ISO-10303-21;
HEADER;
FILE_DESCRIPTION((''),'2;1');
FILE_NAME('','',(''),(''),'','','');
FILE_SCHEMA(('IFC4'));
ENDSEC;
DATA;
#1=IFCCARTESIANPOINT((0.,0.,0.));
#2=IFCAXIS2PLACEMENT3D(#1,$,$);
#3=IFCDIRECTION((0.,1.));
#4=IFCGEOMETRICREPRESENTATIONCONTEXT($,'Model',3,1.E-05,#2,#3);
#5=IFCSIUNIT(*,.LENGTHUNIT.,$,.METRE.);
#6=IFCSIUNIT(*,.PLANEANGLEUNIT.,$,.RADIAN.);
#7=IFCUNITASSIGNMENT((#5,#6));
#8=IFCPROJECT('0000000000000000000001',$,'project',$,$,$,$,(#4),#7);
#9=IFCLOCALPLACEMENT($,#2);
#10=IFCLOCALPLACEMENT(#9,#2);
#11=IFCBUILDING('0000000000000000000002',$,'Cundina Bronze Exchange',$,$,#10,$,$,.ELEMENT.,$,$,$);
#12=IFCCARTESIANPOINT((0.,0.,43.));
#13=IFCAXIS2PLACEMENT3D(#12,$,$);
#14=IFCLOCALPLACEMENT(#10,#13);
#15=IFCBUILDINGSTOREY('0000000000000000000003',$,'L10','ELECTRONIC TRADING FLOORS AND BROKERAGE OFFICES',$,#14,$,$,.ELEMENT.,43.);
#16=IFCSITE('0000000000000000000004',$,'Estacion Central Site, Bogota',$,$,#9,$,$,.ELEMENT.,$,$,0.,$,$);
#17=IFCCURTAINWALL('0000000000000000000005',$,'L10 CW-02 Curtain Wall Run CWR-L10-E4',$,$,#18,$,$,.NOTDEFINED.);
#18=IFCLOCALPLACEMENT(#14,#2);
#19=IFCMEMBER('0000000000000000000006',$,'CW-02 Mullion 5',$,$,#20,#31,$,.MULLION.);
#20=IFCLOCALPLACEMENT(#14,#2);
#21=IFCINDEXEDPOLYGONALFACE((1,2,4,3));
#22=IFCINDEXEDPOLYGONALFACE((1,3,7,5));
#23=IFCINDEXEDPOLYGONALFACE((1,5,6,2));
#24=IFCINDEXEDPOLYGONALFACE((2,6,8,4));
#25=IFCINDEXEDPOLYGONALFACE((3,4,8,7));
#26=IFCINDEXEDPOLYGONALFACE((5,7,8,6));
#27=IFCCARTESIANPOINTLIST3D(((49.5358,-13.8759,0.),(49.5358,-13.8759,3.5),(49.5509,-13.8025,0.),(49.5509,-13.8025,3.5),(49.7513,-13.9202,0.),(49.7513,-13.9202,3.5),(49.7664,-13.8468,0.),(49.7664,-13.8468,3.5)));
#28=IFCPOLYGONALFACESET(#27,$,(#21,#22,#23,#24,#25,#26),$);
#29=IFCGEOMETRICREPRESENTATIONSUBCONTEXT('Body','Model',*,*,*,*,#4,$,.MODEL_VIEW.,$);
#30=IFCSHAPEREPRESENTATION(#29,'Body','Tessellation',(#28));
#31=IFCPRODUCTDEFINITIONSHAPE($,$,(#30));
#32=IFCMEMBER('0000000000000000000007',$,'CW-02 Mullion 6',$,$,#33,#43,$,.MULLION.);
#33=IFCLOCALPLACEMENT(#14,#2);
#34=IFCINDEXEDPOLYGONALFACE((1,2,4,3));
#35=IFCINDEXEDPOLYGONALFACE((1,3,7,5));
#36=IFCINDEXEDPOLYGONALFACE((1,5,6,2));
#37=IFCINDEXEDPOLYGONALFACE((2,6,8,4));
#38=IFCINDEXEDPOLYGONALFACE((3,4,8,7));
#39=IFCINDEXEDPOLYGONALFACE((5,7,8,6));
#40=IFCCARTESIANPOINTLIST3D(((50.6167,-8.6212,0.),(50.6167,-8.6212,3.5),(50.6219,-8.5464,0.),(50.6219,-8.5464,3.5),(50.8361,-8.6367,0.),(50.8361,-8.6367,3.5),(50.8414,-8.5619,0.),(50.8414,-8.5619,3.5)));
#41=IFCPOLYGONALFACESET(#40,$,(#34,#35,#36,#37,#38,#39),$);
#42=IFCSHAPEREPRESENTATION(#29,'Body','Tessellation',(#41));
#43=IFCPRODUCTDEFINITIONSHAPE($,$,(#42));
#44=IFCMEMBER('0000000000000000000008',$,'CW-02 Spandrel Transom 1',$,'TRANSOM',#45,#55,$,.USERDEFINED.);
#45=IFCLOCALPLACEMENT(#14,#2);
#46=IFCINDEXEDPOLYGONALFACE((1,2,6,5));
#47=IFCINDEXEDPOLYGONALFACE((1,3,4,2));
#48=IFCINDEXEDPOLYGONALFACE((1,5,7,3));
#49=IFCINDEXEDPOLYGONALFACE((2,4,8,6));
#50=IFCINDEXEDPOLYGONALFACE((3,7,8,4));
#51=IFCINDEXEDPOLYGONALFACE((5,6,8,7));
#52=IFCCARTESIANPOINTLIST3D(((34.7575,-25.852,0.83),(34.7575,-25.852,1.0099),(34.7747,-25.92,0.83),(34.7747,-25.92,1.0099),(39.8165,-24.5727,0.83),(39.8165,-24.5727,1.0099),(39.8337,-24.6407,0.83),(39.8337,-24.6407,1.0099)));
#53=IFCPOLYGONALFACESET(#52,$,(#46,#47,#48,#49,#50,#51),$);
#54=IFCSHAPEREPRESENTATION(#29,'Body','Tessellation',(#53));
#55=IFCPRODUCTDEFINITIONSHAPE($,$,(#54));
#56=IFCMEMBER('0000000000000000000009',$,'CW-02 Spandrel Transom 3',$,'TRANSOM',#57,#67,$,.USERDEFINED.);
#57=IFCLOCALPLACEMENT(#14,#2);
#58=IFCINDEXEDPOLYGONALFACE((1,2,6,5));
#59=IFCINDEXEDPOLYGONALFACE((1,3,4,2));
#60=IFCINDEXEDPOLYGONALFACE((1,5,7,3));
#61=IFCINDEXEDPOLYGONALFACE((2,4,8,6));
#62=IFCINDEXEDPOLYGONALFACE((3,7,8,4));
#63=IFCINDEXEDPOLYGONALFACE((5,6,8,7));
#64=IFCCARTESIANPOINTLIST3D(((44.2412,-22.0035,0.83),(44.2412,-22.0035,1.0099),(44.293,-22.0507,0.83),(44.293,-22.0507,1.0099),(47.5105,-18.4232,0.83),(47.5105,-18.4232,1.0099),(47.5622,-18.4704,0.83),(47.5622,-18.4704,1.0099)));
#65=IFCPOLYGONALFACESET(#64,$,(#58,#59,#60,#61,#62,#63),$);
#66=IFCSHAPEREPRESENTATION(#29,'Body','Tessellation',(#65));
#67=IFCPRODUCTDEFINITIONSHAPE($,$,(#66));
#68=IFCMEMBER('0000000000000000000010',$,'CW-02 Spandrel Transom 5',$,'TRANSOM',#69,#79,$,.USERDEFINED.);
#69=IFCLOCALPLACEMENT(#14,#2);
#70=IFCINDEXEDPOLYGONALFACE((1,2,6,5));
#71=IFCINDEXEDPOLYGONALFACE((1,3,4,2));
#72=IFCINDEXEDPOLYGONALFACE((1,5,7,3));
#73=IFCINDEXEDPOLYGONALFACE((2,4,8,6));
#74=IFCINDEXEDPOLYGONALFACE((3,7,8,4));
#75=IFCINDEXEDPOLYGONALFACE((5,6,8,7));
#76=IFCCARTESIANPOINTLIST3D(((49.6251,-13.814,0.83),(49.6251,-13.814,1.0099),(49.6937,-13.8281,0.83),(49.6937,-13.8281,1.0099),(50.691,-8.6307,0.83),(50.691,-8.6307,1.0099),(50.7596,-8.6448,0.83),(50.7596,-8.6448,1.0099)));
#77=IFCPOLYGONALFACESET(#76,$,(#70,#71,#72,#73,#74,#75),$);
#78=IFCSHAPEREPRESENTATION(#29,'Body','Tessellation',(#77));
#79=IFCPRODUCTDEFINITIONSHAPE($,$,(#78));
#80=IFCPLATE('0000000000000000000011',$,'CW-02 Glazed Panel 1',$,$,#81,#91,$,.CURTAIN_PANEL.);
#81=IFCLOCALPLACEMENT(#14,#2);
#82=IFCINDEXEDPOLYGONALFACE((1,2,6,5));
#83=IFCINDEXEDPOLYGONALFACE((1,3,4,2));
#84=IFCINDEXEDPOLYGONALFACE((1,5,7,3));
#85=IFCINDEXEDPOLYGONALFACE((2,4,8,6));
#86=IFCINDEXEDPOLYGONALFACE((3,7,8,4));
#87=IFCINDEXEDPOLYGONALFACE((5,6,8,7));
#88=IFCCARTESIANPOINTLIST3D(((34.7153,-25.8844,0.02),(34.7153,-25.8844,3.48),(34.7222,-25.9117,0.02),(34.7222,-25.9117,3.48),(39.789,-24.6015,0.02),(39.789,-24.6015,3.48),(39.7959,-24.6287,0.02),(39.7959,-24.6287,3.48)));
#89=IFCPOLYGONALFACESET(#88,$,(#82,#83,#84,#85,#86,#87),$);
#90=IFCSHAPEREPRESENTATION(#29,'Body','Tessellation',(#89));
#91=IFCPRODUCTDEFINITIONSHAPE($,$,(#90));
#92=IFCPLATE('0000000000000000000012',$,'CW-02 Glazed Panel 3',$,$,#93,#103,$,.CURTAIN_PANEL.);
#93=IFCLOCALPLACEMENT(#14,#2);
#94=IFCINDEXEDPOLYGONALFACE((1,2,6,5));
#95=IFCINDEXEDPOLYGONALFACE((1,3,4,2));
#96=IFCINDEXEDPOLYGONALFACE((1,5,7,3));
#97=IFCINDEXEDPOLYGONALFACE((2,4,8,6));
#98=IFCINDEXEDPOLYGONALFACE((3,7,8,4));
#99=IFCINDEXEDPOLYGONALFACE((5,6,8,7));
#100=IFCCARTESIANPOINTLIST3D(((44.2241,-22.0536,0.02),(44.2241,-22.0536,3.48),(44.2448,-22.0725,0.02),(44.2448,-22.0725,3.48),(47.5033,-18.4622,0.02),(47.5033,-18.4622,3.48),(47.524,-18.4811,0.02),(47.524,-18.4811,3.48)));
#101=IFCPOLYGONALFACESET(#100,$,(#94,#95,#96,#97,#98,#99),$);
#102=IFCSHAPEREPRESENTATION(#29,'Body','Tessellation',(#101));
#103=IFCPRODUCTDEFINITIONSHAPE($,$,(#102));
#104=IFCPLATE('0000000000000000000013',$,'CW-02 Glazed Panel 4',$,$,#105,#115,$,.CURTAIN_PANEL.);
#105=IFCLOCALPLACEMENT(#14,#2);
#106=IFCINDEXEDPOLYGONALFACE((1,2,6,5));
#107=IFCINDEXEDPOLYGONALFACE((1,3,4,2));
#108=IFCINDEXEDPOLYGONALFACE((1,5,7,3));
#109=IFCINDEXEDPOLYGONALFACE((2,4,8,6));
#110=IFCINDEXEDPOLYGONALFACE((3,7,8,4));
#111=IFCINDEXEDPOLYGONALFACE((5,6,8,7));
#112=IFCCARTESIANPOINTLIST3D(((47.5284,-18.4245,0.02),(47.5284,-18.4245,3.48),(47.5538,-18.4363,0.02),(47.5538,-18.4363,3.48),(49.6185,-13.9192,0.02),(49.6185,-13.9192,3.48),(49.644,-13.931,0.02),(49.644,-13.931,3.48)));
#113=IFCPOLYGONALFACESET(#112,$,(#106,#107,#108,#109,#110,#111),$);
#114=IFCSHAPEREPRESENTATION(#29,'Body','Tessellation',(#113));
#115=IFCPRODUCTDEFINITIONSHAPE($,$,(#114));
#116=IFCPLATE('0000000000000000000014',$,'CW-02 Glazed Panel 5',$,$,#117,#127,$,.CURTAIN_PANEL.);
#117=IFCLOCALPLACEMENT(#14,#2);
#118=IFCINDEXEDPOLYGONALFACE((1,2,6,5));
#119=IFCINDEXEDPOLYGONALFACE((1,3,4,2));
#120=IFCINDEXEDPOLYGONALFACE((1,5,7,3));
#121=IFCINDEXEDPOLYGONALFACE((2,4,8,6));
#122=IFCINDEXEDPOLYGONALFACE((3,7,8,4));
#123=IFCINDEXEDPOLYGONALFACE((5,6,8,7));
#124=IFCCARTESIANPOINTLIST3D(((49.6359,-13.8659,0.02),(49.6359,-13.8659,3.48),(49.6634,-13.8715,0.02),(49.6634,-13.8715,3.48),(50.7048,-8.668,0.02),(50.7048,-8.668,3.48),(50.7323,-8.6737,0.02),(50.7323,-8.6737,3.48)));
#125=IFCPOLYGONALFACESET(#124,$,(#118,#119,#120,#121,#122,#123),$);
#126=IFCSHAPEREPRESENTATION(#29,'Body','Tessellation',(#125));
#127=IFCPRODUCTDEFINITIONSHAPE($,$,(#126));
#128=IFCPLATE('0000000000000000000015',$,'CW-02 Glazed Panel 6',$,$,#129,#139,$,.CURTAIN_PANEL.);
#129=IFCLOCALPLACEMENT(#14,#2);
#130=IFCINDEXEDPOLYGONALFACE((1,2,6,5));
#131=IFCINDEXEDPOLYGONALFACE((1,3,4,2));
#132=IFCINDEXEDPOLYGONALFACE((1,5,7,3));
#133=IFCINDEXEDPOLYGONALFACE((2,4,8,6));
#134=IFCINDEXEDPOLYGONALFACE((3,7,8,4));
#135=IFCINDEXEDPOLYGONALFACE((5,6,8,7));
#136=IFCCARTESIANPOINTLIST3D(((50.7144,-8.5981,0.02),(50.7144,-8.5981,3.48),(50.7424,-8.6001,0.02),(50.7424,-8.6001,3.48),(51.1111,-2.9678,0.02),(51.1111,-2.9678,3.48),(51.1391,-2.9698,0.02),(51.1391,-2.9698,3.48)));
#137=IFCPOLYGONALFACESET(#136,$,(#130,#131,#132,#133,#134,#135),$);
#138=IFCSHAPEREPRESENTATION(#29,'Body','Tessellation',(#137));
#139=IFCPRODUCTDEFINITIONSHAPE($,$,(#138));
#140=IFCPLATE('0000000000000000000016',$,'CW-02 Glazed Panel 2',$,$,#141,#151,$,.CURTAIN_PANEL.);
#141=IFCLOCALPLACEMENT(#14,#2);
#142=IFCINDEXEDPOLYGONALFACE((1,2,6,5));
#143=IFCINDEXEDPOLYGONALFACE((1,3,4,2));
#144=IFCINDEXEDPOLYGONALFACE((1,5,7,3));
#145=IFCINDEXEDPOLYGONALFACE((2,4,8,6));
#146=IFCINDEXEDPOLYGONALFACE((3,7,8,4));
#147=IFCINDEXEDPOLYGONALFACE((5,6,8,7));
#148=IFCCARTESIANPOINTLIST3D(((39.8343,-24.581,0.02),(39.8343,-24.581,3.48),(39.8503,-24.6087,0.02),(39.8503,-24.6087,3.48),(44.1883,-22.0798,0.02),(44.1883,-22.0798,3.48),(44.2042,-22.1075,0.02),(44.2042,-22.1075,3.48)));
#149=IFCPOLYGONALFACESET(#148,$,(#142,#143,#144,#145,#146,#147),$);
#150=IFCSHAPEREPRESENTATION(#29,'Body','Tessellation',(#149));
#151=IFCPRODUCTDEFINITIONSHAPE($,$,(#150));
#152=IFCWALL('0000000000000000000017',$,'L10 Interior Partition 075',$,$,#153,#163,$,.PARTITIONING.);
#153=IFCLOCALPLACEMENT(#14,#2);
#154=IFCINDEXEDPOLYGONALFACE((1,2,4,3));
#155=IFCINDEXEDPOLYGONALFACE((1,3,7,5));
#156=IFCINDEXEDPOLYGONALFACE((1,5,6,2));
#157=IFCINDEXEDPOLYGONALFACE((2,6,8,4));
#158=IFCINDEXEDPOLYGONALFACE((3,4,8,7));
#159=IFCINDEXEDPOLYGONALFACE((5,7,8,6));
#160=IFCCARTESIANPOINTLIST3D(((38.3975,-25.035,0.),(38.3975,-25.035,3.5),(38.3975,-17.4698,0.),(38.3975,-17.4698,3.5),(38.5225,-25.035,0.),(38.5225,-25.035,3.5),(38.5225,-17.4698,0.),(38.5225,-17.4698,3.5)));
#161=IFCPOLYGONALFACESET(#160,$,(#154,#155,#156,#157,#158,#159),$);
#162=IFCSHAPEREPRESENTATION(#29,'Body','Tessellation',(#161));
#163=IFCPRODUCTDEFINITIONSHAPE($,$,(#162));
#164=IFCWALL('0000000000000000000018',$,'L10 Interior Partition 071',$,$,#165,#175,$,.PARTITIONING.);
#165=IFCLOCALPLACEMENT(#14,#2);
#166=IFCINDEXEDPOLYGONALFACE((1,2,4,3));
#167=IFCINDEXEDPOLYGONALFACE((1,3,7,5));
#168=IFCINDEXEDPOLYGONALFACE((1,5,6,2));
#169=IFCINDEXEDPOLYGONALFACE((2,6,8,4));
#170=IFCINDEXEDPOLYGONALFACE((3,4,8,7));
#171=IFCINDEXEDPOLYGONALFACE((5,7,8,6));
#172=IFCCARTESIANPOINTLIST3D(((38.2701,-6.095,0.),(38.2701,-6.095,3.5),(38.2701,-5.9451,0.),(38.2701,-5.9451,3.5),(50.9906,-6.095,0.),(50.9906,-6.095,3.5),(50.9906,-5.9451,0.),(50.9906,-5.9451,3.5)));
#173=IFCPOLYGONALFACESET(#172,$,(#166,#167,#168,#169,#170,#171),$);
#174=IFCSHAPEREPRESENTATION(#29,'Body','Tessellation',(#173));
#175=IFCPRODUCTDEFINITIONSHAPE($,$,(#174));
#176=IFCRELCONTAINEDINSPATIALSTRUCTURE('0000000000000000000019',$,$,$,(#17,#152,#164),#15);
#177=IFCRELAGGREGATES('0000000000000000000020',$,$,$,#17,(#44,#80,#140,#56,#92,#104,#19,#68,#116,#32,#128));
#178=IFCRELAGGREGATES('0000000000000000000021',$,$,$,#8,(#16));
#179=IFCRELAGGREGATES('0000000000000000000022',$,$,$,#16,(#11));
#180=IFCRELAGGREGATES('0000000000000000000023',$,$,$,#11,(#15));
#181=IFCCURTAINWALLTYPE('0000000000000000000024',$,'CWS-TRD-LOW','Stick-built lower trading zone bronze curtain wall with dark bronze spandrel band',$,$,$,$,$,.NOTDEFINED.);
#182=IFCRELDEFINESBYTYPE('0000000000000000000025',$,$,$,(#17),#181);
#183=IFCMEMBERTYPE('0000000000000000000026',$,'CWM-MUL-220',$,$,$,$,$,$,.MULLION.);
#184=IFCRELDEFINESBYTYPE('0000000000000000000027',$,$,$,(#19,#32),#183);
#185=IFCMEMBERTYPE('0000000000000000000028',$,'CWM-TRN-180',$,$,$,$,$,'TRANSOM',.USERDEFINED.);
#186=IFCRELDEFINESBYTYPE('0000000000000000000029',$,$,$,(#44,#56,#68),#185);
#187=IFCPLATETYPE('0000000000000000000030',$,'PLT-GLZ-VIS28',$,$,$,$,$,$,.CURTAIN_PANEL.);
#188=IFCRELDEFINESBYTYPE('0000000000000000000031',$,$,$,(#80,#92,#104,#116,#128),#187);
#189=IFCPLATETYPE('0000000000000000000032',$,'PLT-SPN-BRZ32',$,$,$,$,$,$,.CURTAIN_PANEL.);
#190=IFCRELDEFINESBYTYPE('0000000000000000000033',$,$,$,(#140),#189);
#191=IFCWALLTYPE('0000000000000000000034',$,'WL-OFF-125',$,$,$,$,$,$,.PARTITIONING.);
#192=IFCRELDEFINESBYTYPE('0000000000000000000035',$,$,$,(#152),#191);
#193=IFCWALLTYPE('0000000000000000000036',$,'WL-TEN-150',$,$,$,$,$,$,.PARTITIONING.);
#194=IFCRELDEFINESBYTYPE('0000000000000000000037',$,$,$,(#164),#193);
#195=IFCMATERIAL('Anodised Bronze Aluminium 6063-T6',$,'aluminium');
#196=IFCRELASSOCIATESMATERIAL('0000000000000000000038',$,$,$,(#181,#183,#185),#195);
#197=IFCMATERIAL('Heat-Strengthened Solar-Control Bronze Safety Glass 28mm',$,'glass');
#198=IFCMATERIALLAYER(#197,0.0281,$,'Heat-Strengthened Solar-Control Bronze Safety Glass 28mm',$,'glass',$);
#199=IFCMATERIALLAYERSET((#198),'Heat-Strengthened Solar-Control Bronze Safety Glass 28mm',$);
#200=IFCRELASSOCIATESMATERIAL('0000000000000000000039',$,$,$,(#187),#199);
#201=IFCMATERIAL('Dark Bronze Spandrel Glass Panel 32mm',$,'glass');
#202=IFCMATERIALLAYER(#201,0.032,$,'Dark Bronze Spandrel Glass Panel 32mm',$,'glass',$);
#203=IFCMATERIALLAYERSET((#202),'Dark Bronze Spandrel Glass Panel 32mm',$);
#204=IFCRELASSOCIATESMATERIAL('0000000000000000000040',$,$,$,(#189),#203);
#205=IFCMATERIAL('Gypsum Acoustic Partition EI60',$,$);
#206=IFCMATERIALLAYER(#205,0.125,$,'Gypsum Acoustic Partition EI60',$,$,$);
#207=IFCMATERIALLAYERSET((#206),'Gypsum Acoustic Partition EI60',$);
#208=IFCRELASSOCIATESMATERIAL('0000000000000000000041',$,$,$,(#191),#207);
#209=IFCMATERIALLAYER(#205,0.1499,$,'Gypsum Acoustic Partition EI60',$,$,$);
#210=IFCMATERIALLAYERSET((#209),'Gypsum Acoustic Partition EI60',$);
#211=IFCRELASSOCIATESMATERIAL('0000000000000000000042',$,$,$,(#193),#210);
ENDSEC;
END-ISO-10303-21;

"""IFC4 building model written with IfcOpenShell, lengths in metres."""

from ifc_helpers import new_model, si_unit, direction, frame, frame_2d, origin, origin_2d, place, context, subcontext, project, spatial, rectangle, extrude, material, layer, layer_set, material_profile, profile_set, type_object, element, aggregate, save


model = new_model("IFC4")

# Units and contexts
model_context = context("Model", 3, precision=1e-05, world=origin(), true_north=direction((0.0, 1.0)))
body_context = subcontext(model_context, "Body", "Model", "MODEL_VIEW")
ifc_project = project(units=[si_unit("LENGTHUNIT", "METRE"), si_unit("PLANEANGLEUNIT", "RADIAN")], contexts=[model_context])

# Site, building, storey
site_placement = place(None, origin())
site = spatial("IfcSite", under=ifc_project, at=site_placement, Name="Estacion Central Site, Bogota", CompositionType="ELEMENT", RefElevation=0.0)
building_placement = place(site_placement, origin())
building = spatial("IfcBuilding", under=site, at=building_placement, Name="Cundina Bronze Exchange", CompositionType="ELEMENT")
storey_placement = place(building_placement, frame((0.0, 0.0, 43.0)))
storey = spatial("IfcBuildingStorey", under=building, at=storey_placement, Name="L10", Description="ELECTRONIC TRADING FLOORS AND BROKERAGE OFFICES", CompositionType="ELEMENT", Elevation=43.0)

# Curtain wall, members, plates
ifc_material_1 = material(Name="Anodised Bronze Aluminium 6063-T6", Category="aluminium")
curtain_wall_type = type_object("IfcCurtainWallType", Name="CWS-TRD-LOW", Description="Stick-built lower trading zone bronze curtain wall with dark bronze spandrel band", PredefinedType="NOTDEFINED", material=ifc_material_1)
curtain_wall_placement = place(storey_placement, origin())
curtain_wall = element("IfcCurtainWall", 1, at=curtain_wall_placement, inside=storey, type_object=curtain_wall_type, Name="L10 CW-02 Curtain Wall Run CWR-L10-E4", PredefinedType="NOTDEFINED")
ifc_material_profile_1 = material_profile(ifc_material_1, rectangle(XDim=0.075, YDim=0.22, at=origin_2d()), Name="AL75X220", Category="aluminium")
ifc_profile_set_1 = profile_set([ifc_material_profile_1], Name="Anodised Bronze Aluminium 6063-T6")
member_type_1 = type_object("IfcMemberType", Name="CWM-MUL-220", PredefinedType="MULLION", material=ifc_profile_set_1)
member_1_placement = place(storey_placement, frame((49.6511, -13.8613, 0.0), z_axis=(0.0, 0.0, 1.0), x_axis=(0.20142, 0.979505, 0.0)))
member_1 = element("IfcMember", 2, at=member_1_placement, type_object=member_type_1, Name="CW-02 Mullion 5", PredefinedType="MULLION", context=body_context, shape_type="SweptSolid", body=[
    extrude(rectangle(XDim=0.075, YDim=0.22, at=origin_2d()), origin(), (0.0, 0.0, 1.0), 3.5),
])
member_2_placement = place(storey_placement, frame((50.729, -8.5916, 0.0), z_axis=(0.0, 0.0, 1.0), x_axis=(0.070279, 0.997527, 0.0)))
member_2 = element("IfcMember", 3, at=member_2_placement, type_object=member_type_1, Name="CW-02 Mullion 6", PredefinedType="MULLION", context=body_context, shape_type="SweptSolid", body=[
    extrude(rectangle(XDim=0.075, YDim=0.22, at=origin_2d()), origin(), (0.0, 0.0, 1.0), 3.5),
])
ifc_material_profile_2 = material_profile(ifc_material_1, rectangle(XDim=0.0701, YDim=0.1799, at=origin_2d()), Name="AL70X180", Category="aluminium")
ifc_profile_set_2 = profile_set([ifc_material_profile_2], Name="Anodised Bronze Aluminium 6063-T6")
member_type_2 = type_object("IfcMemberType", Name="CWM-TRN-180", ElementType="TRANSOM", PredefinedType="USERDEFINED", material=ifc_profile_set_2)
member_3_placement = place(storey_placement, frame((34.7661, -25.886, 0.9199), z_axis=(0.969484, 0.245155, 0.0), x_axis=(-0.245155, 0.969484, 0.0)))
member_3 = element("IfcMember", 4, at=member_3_placement, type_object=member_type_2, Name="CW-02 Spandrel Transom 1", ObjectType="TRANSOM", PredefinedType="USERDEFINED", context=body_context, shape_type="SweptSolid", body=[
    extrude(rectangle(XDim=0.0701, YDim=0.1799, at=origin_2d()), origin(), (0.0, 0.0, 1.0), 5.2183),
])
member_4_placement = place(storey_placement, frame((44.2671, -22.0271, 0.9199), z_axis=(0.674303, 0.738455, 0.0), x_axis=(-0.738455, 0.674303, 0.0)))
member_4 = element("IfcMember", 5, at=member_4_placement, type_object=member_type_2, Name="CW-02 Spandrel Transom 3", ObjectType="TRANSOM", PredefinedType="USERDEFINED", context=body_context, shape_type="SweptSolid", body=[
    extrude(rectangle(XDim=0.0701, YDim=0.1799, at=origin_2d()), origin(), (0.0, 0.0, 1.0), 4.8484),
])
member_5_placement = place(storey_placement, frame((49.6594, -13.821, 0.9199), z_axis=(0.201428, 0.979503, 0.0), x_axis=(-0.979503, 0.201428, 0.0)))
member_5 = element("IfcMember", 6, at=member_5_placement, type_object=member_type_2, Name="CW-02 Spandrel Transom 5", ObjectType="TRANSOM", PredefinedType="USERDEFINED", context=body_context, shape_type="SweptSolid", body=[
    extrude(rectangle(XDim=0.0701, YDim=0.1799, at=origin_2d()), origin(), (0.0, 0.0, 1.0), 5.2917),
])
ifc_material_2 = material(Name="Heat-Strengthened Solar-Control Bronze Safety Glass 28mm", Category="glass")
ifc_layer_1 = layer(ifc_material_2, 0.0281, Name="Heat-Strengthened Solar-Control Bronze Safety Glass 28mm", Category="glass")
ifc_layer_set_1 = layer_set([ifc_layer_1], Name="Heat-Strengthened Solar-Control Bronze Safety Glass 28mm")
plate_type_1 = type_object("IfcPlateType", Name="PLT-GLZ-VIS28", PredefinedType="CURTAIN_PANEL", material=ifc_layer_set_1)
plate_1_placement = place(storey_placement, frame((37.2556, -25.2566, 0.02), z_axis=(0.0, 0.0, 1.0), x_axis=(0.969488, 0.245138, 0.0)))
plate_1 = element("IfcPlate", 7, at=plate_1_placement, type_object=plate_type_1, Name="CW-02 Glazed Panel 1", PredefinedType="CURTAIN_PANEL", context=body_context, shape_type="SweptSolid", body=[
    extrude(rectangle(XDim=5.2334, YDim=0.0281, at=origin_2d()), origin(), (0.0, 0.0, 1.0), 3.46),
])
plate_2_placement = place(storey_placement, frame((45.874, -20.2673, 0.02), z_axis=(0.0, 0.0, 1.0), x_axis=(0.674277, 0.738479, 0.0)))
plate_2 = element("IfcPlate", 8, at=plate_2_placement, type_object=plate_type_1, Name="CW-02 Glazed Panel 3", PredefinedType="CURTAIN_PANEL", context=body_context, shape_type="SweptSolid", body=[
    extrude(rectangle(XDim=4.8633, YDim=0.0281, at=origin_2d()), origin(), (0.0, 0.0, 1.0), 3.46),
])
plate_3_placement = place(storey_placement, frame((48.5862, -16.1777, 0.02), z_axis=(0.0, 0.0, 1.0), x_axis=(0.420846, 0.907132, 0.0)))
plate_3 = element("IfcPlate", 9, at=plate_3_placement, type_object=plate_type_1, Name="CW-02 Glazed Panel 4", PredefinedType="CURTAIN_PANEL", context=body_context, shape_type="SweptSolid", body=[
    extrude(rectangle(XDim=4.9666, YDim=0.0281, at=origin_2d()), origin(), (0.0, 0.0, 1.0), 3.46),
])
plate_4_placement = place(storey_placement, frame((50.1841, -11.2698, 0.02), z_axis=(0.0, 0.0, 1.0), x_axis=(0.20142, 0.979505, 0.0)))
plate_4 = element("IfcPlate", 10, at=plate_4_placement, type_object=plate_type_1, Name="CW-02 Glazed Panel 5", PredefinedType="CURTAIN_PANEL", context=body_context, shape_type="SweptSolid", body=[
    extrude(rectangle(XDim=5.3066, YDim=0.0281, at=origin_2d()), origin(), (0.0, 0.0, 1.0), 3.46),
])
plate_5_placement = place(storey_placement, frame((50.9268, -5.7839, 0.02), z_axis=(0.0, 0.0, 1.0), x_axis=(0.070279, 0.997527, 0.0)))
plate_5 = element("IfcPlate", 11, at=plate_5_placement, type_object=plate_type_1, Name="CW-02 Glazed Panel 6", PredefinedType="CURTAIN_PANEL", context=body_context, shape_type="SweptSolid", body=[
    extrude(rectangle(XDim=5.6443, YDim=0.0281, at=origin_2d()), origin(), (0.0, 0.0, 1.0), 3.46),
])
ifc_material_3 = material(Name="Dark Bronze Spandrel Glass Panel 32mm", Category="glass")
ifc_layer_2 = layer(ifc_material_3, 0.032, Name="Dark Bronze Spandrel Glass Panel 32mm", Category="glass")
ifc_layer_set_2 = layer_set([ifc_layer_2], Name="Dark Bronze Spandrel Glass Panel 32mm")
plate_type_2 = type_object("IfcPlateType", Name="PLT-SPN-BRZ32", PredefinedType="CURTAIN_PANEL", material=ifc_layer_set_2)
plate_6_placement = place(storey_placement, frame((42.0193, -23.3442, 0.02), z_axis=(0.0, 0.0, 1.0), x_axis=(0.867105, 0.498125, 0.0)))
plate_6 = element("IfcPlate", 12, at=plate_6_placement, type_object=plate_type_2, Name="CW-02 Glazed Panel 2", PredefinedType="CURTAIN_PANEL", context=body_context, shape_type="SweptSolid", body=[
    extrude(rectangle(XDim=5.0212, YDim=0.032, at=origin_2d()), origin(), (0.0, 0.0, 1.0), 3.46),
])
aggregate(curtain_wall, [member_3, plate_1, plate_6, member_4, plate_2, plate_3, member_1, member_5, plate_4, member_2, plate_5])

# Walls
ifc_material_4 = material(Name="Gypsum Acoustic Partition EI60")
ifc_layer_3 = layer(ifc_material_4, 0.125, Name="Gypsum Acoustic Partition EI60")
ifc_layer_set_3 = layer_set([ifc_layer_3], Name="Gypsum Acoustic Partition EI60")
wall_type_1 = type_object("IfcWallType", Name="WL-OFF-125", PredefinedType="PARTITIONING", material=ifc_layer_set_3)
wall_1_placement = place(storey_placement, frame((38.46, -25.0352, 0.0), z_axis=(0.0, 0.0, 1.0), x_axis=(0.0, 1.0, 0.0)))
element("IfcWall", 13, at=wall_1_placement, inside=storey, type_object=wall_type_1, Name="L10 Interior Partition 075", PredefinedType="PARTITIONING", context=body_context, shape_type="SweptSolid", body=[
    extrude(rectangle(XDim=7.5652, YDim=0.125, at=frame_2d((3.7827, 0.0))), origin(), (0.0, 0.0, 1.0), 3.5),
])
ifc_layer_4 = layer(ifc_material_4, 0.1499, Name="Gypsum Acoustic Partition EI60")
ifc_layer_set_4 = layer_set([ifc_layer_4], Name="Gypsum Acoustic Partition EI60")
wall_type_2 = type_object("IfcWallType", Name="WL-TEN-150", PredefinedType="PARTITIONING", material=ifc_layer_set_4)
wall_2_placement = place(storey_placement, frame((38.27, -6.02, 0.0), z_axis=(0.0, 0.0, 1.0), x_axis=(1.0, 0.0, 0.0)))
element("IfcWall", 14, at=wall_2_placement, inside=storey, type_object=wall_type_2, Name="L10 Interior Partition 071", PredefinedType="PARTITIONING", context=body_context, shape_type="SweptSolid", body=[
    extrude(rectangle(XDim=12.7205, YDim=0.1499, at=frame_2d((6.3604, 0.0))), origin(), (0.0, 0.0, 1.0), 3.5),
])

save(model, "model.ifc")
